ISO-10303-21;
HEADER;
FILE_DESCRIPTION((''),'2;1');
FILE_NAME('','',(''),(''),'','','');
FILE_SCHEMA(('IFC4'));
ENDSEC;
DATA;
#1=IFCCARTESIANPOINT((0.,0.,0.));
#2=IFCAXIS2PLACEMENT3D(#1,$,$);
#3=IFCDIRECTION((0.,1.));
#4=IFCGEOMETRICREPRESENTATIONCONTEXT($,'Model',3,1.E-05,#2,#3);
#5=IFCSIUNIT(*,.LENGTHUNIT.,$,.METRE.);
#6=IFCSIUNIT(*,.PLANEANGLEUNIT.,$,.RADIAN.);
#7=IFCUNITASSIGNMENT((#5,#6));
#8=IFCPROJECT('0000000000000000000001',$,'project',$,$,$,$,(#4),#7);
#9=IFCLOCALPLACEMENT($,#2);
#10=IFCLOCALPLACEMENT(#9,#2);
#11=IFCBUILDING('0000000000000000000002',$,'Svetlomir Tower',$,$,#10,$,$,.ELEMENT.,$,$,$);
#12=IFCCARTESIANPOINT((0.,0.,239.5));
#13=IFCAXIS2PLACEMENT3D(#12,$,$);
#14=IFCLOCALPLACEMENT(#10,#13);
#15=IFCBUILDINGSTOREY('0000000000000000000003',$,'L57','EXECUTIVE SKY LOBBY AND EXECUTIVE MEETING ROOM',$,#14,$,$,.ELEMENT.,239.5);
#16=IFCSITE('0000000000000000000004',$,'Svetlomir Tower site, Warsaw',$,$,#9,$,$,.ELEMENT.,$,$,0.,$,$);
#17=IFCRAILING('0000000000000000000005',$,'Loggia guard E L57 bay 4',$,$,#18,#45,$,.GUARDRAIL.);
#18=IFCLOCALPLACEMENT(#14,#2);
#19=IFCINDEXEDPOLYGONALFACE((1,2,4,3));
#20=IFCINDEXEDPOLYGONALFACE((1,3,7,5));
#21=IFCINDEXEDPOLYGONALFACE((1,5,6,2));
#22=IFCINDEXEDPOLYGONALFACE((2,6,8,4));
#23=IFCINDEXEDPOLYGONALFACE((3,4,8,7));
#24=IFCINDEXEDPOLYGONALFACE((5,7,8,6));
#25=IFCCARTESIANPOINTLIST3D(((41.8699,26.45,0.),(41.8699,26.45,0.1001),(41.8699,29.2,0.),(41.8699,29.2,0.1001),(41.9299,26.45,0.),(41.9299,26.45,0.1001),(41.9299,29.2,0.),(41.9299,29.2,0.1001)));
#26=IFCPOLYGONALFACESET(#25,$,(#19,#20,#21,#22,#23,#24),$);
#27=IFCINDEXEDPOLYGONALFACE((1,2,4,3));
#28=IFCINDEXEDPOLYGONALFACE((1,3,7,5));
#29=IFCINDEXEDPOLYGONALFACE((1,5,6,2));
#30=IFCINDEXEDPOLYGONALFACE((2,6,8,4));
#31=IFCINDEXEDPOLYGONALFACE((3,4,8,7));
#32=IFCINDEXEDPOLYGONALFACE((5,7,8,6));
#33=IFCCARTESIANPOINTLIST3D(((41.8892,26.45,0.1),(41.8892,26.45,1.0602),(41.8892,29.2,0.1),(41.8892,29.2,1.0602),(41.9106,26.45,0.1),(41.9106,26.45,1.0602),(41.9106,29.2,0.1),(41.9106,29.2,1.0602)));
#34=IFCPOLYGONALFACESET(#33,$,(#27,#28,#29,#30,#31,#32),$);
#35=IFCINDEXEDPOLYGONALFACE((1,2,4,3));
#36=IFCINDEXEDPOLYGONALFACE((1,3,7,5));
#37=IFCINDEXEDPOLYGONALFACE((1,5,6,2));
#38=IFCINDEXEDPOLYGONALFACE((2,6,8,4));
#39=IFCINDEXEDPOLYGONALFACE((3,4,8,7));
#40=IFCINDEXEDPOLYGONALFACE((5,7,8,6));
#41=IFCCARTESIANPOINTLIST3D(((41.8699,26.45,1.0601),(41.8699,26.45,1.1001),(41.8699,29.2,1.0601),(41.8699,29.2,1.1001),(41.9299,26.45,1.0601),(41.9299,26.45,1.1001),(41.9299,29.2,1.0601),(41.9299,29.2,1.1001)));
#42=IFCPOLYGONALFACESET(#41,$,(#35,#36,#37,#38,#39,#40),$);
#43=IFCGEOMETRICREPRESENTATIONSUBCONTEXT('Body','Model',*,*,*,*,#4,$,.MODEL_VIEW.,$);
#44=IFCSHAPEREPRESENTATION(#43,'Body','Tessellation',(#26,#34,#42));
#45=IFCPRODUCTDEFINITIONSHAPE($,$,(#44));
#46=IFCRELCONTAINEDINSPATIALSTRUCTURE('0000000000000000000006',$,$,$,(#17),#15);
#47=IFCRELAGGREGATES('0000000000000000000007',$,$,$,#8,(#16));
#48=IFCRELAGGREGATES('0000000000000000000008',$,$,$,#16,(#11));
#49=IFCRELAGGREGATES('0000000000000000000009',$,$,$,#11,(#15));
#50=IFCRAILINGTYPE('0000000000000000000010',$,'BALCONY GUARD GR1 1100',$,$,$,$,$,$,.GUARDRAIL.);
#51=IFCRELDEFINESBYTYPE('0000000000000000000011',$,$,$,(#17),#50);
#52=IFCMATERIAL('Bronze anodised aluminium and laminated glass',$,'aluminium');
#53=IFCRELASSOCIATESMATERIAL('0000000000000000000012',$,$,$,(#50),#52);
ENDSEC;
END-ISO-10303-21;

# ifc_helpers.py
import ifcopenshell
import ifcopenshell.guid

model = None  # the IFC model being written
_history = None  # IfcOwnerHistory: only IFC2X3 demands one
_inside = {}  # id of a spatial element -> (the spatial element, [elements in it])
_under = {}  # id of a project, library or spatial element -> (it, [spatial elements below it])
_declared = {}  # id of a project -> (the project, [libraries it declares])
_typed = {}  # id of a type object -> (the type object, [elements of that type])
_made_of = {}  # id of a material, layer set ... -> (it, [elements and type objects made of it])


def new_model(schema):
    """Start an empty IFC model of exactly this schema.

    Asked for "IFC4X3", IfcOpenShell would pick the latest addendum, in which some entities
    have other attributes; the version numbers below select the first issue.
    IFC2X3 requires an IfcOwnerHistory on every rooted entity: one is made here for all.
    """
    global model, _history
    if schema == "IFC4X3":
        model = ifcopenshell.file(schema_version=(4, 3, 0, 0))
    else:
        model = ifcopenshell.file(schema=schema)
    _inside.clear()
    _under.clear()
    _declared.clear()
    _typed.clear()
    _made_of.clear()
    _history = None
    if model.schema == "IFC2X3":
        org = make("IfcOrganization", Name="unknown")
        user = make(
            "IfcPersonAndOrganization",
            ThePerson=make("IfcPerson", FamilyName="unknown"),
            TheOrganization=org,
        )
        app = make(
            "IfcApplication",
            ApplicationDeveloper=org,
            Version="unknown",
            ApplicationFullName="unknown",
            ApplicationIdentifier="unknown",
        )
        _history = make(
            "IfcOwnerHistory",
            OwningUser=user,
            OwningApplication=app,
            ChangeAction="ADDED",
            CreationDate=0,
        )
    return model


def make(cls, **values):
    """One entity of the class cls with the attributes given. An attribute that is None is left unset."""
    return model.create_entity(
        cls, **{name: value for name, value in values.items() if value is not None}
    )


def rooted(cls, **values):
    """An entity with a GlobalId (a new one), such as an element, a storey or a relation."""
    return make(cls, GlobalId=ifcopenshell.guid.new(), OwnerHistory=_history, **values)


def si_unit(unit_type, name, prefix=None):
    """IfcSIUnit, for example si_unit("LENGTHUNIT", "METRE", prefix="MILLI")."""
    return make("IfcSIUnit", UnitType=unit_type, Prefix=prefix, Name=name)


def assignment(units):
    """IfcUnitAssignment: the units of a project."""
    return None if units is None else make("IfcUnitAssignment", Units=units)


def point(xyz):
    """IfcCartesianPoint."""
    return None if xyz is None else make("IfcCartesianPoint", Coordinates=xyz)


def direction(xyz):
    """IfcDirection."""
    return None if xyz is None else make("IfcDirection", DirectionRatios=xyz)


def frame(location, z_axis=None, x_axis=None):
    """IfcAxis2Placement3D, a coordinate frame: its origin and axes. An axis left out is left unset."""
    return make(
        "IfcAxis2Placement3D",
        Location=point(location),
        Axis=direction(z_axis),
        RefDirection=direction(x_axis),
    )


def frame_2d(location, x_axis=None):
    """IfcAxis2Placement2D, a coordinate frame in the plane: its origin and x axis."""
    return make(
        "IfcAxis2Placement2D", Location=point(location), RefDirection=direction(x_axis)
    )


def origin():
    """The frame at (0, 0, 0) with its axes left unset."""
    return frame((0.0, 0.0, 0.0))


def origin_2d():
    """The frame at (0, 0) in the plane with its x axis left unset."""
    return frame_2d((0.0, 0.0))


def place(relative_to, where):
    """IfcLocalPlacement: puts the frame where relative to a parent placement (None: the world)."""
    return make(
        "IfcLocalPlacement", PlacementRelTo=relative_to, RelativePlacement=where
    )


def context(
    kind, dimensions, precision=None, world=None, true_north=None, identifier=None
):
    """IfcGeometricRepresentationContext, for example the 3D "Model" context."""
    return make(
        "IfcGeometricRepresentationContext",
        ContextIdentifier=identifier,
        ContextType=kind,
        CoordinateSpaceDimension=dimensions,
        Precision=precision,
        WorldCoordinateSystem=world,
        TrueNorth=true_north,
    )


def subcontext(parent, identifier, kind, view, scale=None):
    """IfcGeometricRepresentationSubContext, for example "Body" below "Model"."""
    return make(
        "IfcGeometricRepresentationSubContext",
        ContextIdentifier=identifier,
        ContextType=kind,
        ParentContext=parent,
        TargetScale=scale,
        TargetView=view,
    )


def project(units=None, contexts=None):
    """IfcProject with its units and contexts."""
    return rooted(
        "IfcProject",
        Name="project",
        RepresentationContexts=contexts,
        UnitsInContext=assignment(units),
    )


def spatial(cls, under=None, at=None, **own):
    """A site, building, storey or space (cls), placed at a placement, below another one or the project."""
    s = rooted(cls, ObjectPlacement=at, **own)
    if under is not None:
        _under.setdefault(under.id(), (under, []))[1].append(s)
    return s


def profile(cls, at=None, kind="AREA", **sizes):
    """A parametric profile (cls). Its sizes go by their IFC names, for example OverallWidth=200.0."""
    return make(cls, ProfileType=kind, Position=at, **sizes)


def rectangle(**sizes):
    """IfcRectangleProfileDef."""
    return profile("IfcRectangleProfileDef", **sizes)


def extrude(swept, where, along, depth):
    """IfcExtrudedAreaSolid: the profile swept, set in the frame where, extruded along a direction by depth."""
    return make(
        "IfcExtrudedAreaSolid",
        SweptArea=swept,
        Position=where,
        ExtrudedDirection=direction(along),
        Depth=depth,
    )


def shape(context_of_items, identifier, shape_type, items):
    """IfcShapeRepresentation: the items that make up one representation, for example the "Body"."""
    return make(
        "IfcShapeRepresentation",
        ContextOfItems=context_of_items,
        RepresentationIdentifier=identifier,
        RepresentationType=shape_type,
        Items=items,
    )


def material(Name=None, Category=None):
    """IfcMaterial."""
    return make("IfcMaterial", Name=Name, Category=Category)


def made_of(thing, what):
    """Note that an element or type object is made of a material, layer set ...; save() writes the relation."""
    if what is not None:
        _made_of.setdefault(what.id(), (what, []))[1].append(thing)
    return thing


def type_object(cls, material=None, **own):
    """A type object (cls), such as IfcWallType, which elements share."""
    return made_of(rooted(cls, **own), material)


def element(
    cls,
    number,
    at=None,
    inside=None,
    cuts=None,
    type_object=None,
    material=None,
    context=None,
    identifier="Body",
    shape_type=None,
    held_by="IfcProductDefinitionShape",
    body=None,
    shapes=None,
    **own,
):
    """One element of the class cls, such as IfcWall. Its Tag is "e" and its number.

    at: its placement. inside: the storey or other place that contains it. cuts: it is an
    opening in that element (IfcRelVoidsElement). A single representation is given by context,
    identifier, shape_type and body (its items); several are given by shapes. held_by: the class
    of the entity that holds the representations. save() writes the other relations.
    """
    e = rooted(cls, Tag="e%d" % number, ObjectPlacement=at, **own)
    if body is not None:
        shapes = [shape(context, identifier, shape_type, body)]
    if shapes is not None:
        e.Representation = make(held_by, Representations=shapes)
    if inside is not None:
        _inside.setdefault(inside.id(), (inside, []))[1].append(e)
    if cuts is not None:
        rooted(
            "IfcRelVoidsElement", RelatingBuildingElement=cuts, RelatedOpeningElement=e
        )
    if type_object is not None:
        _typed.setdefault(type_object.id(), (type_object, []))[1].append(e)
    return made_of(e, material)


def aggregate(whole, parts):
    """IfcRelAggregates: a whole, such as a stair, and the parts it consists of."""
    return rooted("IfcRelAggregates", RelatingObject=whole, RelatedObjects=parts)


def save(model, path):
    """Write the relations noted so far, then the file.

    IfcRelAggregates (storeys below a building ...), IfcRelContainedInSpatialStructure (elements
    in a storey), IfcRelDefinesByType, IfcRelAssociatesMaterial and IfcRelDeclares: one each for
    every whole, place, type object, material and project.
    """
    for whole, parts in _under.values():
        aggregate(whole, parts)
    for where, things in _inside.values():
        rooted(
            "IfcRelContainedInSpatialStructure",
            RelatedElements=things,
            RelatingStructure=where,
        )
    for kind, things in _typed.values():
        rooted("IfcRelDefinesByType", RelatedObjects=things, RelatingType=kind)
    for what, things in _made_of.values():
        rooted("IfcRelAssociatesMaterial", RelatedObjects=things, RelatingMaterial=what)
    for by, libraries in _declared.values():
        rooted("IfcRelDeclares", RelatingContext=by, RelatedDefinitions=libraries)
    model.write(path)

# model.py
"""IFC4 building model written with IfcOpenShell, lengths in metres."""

from ifc_helpers import new_model, si_unit, direction, frame, origin, origin_2d, place, context, subcontext, project, spatial, rectangle, extrude, material, type_object, element, save


model = new_model("IFC4")

# Units and contexts
model_context = context("Model", 3, precision=1e-05, world=origin(), true_north=direction((0.0, 1.0)))
body_context = subcontext(model_context, "Body", "Model", "MODEL_VIEW")
ifc_project = project(units=[si_unit("LENGTHUNIT", "METRE"), si_unit("PLANEANGLEUNIT", "RADIAN")], contexts=[model_context])

# Site, building, storey
site_placement = place(None, origin())
site = spatial("IfcSite", under=ifc_project, at=site_placement, Name="Svetlomir Tower site, Warsaw", CompositionType="ELEMENT", RefElevation=0.0)
building_placement = place(site_placement, origin())
building = spatial("IfcBuilding", under=site, at=building_placement, Name="Svetlomir Tower", CompositionType="ELEMENT")
storey_placement = place(building_placement, frame((0.0, 0.0, 239.5)))
storey = spatial("IfcBuildingStorey", under=building, at=storey_placement, Name="L57", Description="EXECUTIVE SKY LOBBY AND EXECUTIVE MEETING ROOM", CompositionType="ELEMENT", Elevation=239.5)

# Railing
ifc_material_1 = material(Name="Bronze anodised aluminium and laminated glass", Category="aluminium")
railing_type = type_object("IfcRailingType", Name="BALCONY GUARD GR1 1100", PredefinedType="GUARDRAIL", material=ifc_material_1)
for number, where, name in (
    (1, (41.8999, 26.45, 0.0), "Loggia guard E L57 bay 4"),
):
    element("IfcRailing", number, at=place(storey_placement, frame(where)), inside=storey, type_object=railing_type, Name=name, PredefinedType="GUARDRAIL", context=body_context, shape_type="SweptSolid", body=[
        extrude(rectangle(XDim=0.0601, YDim=0.1001, at=origin_2d()), frame((0.0, 0.0, 0.05), z_axis=(0.0, 1.0, 0.0), x_axis=(-1.0, 0.0, 0.0)), (0.0, 0.0, 1.0), 2.75),
        extrude(rectangle(XDim=0.0215, YDim=0.9602, at=origin_2d()), frame((0.0, 0.0, 0.5801), z_axis=(0.0, 1.0, 0.0), x_axis=(-1.0, 0.0, 0.0)), (0.0, 0.0, 1.0), 2.75),
        extrude(rectangle(XDim=0.0601, YDim=0.04, at=origin_2d()), frame((0.0, 0.0, 1.0801), z_axis=(0.0, 1.0, 0.0), x_axis=(-1.0, 0.0, 0.0)), (0.0, 0.0, 1.0), 2.75),
    ])

save(model, "model.ifc")
